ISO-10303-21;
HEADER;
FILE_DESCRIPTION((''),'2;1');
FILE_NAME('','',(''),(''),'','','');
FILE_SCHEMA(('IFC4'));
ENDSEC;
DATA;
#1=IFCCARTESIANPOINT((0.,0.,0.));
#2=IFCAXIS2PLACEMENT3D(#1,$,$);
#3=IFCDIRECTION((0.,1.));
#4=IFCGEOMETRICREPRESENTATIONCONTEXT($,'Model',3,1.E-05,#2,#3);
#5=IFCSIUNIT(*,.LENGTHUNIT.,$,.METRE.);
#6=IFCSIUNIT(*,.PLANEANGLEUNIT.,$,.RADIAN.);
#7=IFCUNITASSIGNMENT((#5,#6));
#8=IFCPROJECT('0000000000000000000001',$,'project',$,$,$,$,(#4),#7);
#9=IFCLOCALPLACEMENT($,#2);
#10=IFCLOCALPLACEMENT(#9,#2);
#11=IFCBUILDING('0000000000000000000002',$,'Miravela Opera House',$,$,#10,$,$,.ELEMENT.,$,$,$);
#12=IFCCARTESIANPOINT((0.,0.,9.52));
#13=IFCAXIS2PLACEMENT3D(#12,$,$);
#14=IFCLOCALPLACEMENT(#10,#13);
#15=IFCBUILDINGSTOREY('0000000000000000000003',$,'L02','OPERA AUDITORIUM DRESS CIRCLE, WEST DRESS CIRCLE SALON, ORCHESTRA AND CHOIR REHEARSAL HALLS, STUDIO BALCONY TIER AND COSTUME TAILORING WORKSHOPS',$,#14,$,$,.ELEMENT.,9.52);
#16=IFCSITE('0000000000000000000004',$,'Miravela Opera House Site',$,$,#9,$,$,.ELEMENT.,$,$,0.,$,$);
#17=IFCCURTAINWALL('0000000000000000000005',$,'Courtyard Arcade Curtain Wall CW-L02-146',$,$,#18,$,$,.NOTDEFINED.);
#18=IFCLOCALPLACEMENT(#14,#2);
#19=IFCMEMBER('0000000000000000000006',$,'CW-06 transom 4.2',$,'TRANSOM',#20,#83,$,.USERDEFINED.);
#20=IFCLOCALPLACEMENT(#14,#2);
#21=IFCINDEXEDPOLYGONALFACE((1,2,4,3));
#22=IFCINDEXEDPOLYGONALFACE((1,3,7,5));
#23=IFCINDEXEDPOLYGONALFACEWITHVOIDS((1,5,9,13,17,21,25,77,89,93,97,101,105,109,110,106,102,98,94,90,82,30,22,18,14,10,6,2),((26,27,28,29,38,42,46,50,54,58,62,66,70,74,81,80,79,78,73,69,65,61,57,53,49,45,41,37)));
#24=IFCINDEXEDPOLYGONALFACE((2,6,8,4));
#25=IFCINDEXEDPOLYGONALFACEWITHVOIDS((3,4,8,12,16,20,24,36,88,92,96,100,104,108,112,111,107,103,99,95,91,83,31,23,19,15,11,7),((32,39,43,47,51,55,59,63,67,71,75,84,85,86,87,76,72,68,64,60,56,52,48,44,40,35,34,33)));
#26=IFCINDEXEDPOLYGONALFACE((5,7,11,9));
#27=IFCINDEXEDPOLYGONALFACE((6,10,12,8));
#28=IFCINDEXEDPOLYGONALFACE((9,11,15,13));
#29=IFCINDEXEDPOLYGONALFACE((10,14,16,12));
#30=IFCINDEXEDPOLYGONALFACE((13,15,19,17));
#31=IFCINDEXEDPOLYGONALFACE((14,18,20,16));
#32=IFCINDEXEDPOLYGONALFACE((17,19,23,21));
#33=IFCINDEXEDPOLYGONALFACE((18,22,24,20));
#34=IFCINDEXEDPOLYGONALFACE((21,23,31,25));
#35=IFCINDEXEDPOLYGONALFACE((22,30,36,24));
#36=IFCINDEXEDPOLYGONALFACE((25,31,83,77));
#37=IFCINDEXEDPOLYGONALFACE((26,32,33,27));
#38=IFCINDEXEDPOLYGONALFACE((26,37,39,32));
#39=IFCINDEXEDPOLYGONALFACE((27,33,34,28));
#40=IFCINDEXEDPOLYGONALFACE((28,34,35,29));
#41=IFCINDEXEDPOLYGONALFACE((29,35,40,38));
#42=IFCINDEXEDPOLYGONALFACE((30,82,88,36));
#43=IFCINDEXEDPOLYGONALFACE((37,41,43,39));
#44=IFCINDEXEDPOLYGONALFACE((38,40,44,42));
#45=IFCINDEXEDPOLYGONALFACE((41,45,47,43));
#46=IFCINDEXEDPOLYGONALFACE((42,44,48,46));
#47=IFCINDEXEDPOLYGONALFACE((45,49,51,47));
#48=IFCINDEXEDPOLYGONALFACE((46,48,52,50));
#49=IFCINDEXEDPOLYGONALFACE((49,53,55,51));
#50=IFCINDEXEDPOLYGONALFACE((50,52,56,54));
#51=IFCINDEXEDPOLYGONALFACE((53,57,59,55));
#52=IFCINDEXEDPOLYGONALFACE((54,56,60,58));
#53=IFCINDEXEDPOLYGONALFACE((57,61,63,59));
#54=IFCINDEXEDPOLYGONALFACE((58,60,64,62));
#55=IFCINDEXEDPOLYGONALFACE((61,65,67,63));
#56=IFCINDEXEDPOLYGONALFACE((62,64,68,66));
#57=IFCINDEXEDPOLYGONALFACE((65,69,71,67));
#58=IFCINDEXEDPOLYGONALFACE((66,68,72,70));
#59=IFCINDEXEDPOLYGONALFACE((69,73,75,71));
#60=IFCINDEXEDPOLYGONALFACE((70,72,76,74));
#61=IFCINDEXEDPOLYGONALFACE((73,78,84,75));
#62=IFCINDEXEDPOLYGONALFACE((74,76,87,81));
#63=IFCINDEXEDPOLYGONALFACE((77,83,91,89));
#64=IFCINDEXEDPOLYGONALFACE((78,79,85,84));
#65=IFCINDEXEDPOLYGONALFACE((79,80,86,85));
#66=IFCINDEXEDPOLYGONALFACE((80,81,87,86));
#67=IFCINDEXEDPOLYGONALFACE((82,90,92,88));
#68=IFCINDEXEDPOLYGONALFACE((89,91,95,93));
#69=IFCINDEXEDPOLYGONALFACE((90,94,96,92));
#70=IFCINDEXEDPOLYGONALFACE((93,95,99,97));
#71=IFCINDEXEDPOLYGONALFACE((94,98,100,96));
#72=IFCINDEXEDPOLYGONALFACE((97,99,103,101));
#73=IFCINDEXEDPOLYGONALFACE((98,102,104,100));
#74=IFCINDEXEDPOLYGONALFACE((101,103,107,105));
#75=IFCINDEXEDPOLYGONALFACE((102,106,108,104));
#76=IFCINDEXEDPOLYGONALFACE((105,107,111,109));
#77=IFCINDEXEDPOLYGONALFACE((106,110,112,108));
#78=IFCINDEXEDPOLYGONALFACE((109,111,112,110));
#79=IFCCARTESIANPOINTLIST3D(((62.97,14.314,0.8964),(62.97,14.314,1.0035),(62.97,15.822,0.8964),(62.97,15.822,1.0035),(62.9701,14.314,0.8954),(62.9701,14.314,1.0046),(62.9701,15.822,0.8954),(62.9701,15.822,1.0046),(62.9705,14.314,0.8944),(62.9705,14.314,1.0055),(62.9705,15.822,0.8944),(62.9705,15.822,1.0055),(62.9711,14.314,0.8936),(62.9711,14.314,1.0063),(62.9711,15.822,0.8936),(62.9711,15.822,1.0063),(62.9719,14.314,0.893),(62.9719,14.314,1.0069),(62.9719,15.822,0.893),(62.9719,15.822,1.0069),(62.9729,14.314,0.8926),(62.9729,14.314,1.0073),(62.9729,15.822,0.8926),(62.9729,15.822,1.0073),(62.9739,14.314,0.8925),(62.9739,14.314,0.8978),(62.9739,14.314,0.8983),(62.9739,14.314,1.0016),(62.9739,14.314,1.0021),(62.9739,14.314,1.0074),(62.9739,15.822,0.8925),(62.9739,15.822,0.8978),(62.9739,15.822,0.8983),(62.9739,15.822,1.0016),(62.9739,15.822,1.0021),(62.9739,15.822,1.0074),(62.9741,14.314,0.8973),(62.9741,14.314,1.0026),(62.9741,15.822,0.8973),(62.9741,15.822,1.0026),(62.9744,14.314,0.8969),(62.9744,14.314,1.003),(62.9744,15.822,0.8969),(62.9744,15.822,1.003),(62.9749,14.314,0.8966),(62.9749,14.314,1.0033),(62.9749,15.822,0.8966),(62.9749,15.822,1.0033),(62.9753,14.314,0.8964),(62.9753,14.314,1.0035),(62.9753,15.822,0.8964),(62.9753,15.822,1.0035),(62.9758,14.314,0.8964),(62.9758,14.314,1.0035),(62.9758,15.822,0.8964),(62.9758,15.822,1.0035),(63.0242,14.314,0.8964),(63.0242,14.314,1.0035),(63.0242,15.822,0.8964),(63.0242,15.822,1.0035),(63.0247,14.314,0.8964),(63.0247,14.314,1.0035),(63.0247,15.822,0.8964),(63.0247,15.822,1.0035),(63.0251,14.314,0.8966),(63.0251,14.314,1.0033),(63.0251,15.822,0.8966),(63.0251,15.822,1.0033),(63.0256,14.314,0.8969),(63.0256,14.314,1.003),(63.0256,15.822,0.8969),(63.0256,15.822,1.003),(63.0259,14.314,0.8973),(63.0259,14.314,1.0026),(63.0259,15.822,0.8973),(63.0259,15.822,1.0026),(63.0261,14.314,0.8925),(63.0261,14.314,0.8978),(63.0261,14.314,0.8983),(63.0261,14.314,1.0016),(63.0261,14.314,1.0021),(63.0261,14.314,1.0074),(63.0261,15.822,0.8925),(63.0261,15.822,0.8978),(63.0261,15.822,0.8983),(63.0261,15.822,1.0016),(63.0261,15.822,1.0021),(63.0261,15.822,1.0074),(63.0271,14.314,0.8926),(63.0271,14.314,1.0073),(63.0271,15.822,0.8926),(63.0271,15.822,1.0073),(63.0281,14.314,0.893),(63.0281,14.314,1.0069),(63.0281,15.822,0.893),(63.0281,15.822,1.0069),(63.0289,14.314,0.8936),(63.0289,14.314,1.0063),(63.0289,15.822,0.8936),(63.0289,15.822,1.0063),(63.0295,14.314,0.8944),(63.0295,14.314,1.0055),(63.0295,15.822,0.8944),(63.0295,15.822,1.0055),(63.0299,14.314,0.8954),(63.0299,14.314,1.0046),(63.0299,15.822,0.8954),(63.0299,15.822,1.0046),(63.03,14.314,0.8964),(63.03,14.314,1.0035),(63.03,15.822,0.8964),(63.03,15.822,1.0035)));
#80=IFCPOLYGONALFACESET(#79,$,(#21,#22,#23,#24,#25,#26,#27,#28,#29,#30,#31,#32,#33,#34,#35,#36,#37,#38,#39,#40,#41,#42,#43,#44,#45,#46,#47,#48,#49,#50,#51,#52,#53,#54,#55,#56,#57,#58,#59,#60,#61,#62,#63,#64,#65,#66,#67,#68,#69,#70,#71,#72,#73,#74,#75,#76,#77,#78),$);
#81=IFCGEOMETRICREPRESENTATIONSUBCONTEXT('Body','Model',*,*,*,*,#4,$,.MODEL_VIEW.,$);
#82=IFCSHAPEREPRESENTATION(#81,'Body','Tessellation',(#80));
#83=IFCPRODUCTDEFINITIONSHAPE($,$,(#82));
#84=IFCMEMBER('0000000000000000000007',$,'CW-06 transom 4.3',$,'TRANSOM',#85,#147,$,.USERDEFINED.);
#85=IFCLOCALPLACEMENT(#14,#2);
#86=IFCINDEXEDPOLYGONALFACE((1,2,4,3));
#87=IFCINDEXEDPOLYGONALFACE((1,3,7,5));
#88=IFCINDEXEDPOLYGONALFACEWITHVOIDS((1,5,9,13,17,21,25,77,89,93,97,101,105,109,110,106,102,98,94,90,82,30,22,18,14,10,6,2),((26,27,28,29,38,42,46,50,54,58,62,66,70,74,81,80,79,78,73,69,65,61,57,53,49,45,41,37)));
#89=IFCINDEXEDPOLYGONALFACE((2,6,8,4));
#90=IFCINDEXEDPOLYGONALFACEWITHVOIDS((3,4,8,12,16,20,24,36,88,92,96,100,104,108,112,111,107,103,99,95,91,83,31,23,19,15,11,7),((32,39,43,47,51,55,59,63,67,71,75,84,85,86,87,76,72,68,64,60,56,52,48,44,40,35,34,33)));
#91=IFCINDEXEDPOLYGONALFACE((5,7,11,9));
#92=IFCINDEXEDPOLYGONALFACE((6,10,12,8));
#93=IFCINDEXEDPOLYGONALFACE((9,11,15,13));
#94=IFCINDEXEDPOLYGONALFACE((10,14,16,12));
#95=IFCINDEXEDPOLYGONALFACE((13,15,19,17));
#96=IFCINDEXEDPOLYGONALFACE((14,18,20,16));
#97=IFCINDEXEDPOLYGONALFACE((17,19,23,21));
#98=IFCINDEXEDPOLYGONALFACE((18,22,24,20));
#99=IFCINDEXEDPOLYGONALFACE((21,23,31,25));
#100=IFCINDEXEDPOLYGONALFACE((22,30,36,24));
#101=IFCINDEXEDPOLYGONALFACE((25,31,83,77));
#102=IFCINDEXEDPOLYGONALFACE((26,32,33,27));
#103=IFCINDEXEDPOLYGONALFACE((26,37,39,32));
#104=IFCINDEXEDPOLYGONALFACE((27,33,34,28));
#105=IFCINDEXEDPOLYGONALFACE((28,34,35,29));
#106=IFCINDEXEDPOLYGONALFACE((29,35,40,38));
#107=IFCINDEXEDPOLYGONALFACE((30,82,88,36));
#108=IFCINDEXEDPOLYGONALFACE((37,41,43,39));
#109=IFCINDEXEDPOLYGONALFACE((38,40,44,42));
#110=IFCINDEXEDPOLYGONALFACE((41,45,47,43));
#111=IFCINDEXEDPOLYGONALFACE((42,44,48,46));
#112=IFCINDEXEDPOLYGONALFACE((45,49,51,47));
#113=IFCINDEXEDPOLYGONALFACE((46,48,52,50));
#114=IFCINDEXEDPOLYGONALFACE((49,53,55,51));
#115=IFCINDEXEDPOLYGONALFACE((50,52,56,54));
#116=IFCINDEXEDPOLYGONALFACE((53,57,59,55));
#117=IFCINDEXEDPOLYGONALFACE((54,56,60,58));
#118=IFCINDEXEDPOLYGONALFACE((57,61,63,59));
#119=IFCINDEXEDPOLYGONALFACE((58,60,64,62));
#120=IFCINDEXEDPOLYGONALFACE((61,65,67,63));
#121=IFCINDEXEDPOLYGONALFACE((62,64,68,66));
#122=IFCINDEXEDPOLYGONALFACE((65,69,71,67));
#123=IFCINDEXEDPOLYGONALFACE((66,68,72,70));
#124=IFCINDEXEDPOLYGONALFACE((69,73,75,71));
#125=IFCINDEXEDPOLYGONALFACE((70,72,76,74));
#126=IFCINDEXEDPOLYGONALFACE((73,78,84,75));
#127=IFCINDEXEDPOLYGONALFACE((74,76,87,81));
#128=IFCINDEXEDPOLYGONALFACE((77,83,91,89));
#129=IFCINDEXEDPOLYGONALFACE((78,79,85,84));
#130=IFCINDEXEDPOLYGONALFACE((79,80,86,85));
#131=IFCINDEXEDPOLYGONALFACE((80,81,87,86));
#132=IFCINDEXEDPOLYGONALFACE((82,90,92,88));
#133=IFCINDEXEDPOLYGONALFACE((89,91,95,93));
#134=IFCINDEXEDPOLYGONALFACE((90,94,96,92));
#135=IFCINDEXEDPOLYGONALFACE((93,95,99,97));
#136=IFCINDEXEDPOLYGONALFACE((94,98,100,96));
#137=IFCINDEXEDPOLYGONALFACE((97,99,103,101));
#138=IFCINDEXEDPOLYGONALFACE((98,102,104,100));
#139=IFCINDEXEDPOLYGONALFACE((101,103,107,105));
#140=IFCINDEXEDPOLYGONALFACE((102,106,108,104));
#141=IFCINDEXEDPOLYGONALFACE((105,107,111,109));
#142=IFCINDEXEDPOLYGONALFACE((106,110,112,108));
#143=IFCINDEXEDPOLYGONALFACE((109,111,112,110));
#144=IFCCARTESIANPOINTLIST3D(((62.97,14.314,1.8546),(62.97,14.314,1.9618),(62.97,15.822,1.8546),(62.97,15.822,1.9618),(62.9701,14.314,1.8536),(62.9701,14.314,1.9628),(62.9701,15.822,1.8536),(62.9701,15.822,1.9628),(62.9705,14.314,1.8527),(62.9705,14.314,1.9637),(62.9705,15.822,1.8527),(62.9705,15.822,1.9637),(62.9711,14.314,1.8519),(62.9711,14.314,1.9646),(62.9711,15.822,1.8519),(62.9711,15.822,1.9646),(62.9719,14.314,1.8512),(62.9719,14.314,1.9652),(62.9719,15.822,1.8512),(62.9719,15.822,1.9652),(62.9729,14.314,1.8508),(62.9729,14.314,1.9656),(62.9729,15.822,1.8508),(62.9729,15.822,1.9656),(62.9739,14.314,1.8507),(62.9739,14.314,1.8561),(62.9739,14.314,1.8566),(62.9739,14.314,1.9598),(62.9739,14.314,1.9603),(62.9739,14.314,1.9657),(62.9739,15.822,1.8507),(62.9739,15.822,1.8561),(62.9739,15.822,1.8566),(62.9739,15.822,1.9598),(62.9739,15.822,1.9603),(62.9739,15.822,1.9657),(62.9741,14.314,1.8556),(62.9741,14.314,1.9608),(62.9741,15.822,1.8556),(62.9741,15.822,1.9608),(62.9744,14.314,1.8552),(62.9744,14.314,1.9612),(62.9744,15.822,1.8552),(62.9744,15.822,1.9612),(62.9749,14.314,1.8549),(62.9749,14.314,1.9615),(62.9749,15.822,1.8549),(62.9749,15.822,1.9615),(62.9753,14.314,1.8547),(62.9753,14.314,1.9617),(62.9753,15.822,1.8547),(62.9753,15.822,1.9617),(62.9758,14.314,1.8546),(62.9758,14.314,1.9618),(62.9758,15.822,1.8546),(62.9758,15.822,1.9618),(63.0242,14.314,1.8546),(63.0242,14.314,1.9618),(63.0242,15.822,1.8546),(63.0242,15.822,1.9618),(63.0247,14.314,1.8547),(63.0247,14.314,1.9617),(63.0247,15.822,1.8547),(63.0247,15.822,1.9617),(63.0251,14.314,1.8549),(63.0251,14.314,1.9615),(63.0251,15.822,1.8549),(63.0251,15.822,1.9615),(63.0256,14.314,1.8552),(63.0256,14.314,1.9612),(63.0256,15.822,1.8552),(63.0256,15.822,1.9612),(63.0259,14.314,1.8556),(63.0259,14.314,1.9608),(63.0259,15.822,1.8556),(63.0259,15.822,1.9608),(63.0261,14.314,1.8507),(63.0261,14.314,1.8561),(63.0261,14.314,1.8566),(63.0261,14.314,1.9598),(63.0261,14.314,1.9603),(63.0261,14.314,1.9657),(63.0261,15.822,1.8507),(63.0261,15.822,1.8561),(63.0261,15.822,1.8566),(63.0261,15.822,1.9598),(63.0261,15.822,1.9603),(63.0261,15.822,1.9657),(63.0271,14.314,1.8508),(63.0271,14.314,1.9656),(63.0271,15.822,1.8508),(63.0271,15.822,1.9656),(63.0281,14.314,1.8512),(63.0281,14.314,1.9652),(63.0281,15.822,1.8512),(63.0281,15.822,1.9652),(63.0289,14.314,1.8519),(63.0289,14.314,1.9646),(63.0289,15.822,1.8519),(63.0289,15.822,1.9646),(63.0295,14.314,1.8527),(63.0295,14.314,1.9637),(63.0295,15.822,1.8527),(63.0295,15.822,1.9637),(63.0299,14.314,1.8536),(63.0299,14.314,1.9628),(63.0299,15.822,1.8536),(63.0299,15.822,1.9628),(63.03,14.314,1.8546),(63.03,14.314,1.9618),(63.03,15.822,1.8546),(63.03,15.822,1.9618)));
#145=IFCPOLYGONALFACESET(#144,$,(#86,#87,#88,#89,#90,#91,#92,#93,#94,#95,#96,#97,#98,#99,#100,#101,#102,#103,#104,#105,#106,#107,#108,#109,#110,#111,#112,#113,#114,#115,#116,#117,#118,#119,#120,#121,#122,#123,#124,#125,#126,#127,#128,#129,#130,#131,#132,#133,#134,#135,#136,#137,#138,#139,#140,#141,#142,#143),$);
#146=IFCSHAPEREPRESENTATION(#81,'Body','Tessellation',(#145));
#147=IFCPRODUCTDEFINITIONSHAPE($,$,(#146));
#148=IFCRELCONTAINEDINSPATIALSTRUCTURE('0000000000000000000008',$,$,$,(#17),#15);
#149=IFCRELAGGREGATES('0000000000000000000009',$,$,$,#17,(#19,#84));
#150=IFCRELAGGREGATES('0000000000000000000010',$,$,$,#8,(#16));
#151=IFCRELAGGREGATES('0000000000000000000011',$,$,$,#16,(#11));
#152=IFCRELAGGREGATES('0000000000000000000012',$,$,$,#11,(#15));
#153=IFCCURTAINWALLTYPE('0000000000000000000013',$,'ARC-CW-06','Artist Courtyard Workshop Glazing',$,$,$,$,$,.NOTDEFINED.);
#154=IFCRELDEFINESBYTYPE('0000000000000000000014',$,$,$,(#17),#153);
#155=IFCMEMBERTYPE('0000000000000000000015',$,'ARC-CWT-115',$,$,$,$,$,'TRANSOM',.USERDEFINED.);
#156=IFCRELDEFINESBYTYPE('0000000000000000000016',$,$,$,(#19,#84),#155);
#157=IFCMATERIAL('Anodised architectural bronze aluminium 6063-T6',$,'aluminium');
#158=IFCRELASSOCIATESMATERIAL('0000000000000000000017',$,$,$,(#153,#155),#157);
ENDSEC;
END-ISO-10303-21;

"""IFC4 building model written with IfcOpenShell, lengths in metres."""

from ifc_helpers import new_model, si_unit, direction, frame, origin, origin_2d, place, context, subcontext, project, spatial, hollow_rectangle, extrude, material, material_profile, profile_set, type_object, element, aggregate, save


model = new_model("IFC4")

# Units and contexts
model_context = context("Model", 3, precision=1e-05, world=origin(), true_north=direction((0.0, 1.0)))
body_context = subcontext(model_context, "Body", "Model", "MODEL_VIEW")
ifc_project = project(units=[si_unit("LENGTHUNIT", "METRE"), si_unit("PLANEANGLEUNIT", "RADIAN")], contexts=[model_context])

# Site, building, storey
site_placement = place(None, origin())
site = spatial("IfcSite", under=ifc_project, at=site_placement, Name="Miravela Opera House Site", CompositionType="ELEMENT", RefElevation=0.0)
building_placement = place(site_placement, origin())
building = spatial("IfcBuilding", under=site, at=building_placement, Name="Miravela Opera House", CompositionType="ELEMENT")
storey_placement = place(building_placement, frame((0.0, 0.0, 9.52)))
storey = spatial("IfcBuildingStorey", under=building, at=storey_placement, Name="L02", Description="OPERA AUDITORIUM DRESS CIRCLE, WEST DRESS CIRCLE SALON, ORCHESTRA AND CHOIR REHEARSAL HALLS, STUDIO BALCONY TIER AND COSTUME TAILORING WORKSHOPS", CompositionType="ELEMENT", Elevation=9.52)

# Curtain wall
ifc_material_1 = material(Name="Anodised architectural bronze aluminium 6063-T6", Category="aluminium")
curtain_wall_type = type_object("IfcCurtainWallType", Name="ARC-CW-06", Description="Artist Courtyard Workshop Glazing", PredefinedType="NOTDEFINED", material=ifc_material_1)
curtain_wall_1_placement = place(storey_placement, origin())
curtain_wall_1 = element("IfcCurtainWall", 1, at=curtain_wall_1_placement, inside=storey, type_object=curtain_wall_type, Name="Courtyard Arcade Curtain Wall CW-L02-146", PredefinedType="NOTDEFINED")

# Members
ifc_material_profile_1 = material_profile(ifc_material_1, hollow_rectangle(XDim=0.0601, YDim=0.115, WallThickness=0.0039, InnerFilletRadius=0.002, OuterFilletRadius=0.0039, at=origin_2d()), Name="CWT-60X115")
ifc_profile_set_1 = profile_set([ifc_material_profile_1])
member_type_1 = type_object("IfcMemberType", Name="ARC-CWT-115", ElementType="TRANSOM", PredefinedType="USERDEFINED", material=ifc_profile_set_1)
member_1_placement = place(storey_placement, frame((63.0, 14.314, 0.95), z_axis=(0.0, 1.0, 0.0), x_axis=(-1.0, 0.0, 0.0)))
member_1 = element("IfcMember", 2, at=member_1_placement, type_object=member_type_1, Name="CW-06 transom 4.2", ObjectType="TRANSOM", PredefinedType="USERDEFINED", context=body_context, shape_type="SweptSolid", body=[
    extrude(hollow_rectangle(XDim=0.0601, YDim=0.115, WallThickness=0.0039, InnerFilletRadius=0.002, OuterFilletRadius=0.0039, at=origin_2d()), origin(), (0.0, 0.0, 1.0), 1.5081),
])
member_2_placement = place(storey_placement, frame((63.0, 14.314, 1.9082), z_axis=(0.0, 1.0, 0.0), x_axis=(-1.0, 0.0, 0.0)))
member_2 = element("IfcMember", 3, at=member_2_placement, type_object=member_type_1, Name="CW-06 transom 4.3", ObjectType="TRANSOM", PredefinedType="USERDEFINED", context=body_context, shape_type="SweptSolid", body=[
    extrude(hollow_rectangle(XDim=0.0601, YDim=0.115, WallThickness=0.0039, InnerFilletRadius=0.002, OuterFilletRadius=0.0039, at=origin_2d()), origin(), (0.0, 0.0, 1.0), 1.5081),
])

aggregate(curtain_wall_1, [member_1, member_2])

save(model, "model.ifc")
